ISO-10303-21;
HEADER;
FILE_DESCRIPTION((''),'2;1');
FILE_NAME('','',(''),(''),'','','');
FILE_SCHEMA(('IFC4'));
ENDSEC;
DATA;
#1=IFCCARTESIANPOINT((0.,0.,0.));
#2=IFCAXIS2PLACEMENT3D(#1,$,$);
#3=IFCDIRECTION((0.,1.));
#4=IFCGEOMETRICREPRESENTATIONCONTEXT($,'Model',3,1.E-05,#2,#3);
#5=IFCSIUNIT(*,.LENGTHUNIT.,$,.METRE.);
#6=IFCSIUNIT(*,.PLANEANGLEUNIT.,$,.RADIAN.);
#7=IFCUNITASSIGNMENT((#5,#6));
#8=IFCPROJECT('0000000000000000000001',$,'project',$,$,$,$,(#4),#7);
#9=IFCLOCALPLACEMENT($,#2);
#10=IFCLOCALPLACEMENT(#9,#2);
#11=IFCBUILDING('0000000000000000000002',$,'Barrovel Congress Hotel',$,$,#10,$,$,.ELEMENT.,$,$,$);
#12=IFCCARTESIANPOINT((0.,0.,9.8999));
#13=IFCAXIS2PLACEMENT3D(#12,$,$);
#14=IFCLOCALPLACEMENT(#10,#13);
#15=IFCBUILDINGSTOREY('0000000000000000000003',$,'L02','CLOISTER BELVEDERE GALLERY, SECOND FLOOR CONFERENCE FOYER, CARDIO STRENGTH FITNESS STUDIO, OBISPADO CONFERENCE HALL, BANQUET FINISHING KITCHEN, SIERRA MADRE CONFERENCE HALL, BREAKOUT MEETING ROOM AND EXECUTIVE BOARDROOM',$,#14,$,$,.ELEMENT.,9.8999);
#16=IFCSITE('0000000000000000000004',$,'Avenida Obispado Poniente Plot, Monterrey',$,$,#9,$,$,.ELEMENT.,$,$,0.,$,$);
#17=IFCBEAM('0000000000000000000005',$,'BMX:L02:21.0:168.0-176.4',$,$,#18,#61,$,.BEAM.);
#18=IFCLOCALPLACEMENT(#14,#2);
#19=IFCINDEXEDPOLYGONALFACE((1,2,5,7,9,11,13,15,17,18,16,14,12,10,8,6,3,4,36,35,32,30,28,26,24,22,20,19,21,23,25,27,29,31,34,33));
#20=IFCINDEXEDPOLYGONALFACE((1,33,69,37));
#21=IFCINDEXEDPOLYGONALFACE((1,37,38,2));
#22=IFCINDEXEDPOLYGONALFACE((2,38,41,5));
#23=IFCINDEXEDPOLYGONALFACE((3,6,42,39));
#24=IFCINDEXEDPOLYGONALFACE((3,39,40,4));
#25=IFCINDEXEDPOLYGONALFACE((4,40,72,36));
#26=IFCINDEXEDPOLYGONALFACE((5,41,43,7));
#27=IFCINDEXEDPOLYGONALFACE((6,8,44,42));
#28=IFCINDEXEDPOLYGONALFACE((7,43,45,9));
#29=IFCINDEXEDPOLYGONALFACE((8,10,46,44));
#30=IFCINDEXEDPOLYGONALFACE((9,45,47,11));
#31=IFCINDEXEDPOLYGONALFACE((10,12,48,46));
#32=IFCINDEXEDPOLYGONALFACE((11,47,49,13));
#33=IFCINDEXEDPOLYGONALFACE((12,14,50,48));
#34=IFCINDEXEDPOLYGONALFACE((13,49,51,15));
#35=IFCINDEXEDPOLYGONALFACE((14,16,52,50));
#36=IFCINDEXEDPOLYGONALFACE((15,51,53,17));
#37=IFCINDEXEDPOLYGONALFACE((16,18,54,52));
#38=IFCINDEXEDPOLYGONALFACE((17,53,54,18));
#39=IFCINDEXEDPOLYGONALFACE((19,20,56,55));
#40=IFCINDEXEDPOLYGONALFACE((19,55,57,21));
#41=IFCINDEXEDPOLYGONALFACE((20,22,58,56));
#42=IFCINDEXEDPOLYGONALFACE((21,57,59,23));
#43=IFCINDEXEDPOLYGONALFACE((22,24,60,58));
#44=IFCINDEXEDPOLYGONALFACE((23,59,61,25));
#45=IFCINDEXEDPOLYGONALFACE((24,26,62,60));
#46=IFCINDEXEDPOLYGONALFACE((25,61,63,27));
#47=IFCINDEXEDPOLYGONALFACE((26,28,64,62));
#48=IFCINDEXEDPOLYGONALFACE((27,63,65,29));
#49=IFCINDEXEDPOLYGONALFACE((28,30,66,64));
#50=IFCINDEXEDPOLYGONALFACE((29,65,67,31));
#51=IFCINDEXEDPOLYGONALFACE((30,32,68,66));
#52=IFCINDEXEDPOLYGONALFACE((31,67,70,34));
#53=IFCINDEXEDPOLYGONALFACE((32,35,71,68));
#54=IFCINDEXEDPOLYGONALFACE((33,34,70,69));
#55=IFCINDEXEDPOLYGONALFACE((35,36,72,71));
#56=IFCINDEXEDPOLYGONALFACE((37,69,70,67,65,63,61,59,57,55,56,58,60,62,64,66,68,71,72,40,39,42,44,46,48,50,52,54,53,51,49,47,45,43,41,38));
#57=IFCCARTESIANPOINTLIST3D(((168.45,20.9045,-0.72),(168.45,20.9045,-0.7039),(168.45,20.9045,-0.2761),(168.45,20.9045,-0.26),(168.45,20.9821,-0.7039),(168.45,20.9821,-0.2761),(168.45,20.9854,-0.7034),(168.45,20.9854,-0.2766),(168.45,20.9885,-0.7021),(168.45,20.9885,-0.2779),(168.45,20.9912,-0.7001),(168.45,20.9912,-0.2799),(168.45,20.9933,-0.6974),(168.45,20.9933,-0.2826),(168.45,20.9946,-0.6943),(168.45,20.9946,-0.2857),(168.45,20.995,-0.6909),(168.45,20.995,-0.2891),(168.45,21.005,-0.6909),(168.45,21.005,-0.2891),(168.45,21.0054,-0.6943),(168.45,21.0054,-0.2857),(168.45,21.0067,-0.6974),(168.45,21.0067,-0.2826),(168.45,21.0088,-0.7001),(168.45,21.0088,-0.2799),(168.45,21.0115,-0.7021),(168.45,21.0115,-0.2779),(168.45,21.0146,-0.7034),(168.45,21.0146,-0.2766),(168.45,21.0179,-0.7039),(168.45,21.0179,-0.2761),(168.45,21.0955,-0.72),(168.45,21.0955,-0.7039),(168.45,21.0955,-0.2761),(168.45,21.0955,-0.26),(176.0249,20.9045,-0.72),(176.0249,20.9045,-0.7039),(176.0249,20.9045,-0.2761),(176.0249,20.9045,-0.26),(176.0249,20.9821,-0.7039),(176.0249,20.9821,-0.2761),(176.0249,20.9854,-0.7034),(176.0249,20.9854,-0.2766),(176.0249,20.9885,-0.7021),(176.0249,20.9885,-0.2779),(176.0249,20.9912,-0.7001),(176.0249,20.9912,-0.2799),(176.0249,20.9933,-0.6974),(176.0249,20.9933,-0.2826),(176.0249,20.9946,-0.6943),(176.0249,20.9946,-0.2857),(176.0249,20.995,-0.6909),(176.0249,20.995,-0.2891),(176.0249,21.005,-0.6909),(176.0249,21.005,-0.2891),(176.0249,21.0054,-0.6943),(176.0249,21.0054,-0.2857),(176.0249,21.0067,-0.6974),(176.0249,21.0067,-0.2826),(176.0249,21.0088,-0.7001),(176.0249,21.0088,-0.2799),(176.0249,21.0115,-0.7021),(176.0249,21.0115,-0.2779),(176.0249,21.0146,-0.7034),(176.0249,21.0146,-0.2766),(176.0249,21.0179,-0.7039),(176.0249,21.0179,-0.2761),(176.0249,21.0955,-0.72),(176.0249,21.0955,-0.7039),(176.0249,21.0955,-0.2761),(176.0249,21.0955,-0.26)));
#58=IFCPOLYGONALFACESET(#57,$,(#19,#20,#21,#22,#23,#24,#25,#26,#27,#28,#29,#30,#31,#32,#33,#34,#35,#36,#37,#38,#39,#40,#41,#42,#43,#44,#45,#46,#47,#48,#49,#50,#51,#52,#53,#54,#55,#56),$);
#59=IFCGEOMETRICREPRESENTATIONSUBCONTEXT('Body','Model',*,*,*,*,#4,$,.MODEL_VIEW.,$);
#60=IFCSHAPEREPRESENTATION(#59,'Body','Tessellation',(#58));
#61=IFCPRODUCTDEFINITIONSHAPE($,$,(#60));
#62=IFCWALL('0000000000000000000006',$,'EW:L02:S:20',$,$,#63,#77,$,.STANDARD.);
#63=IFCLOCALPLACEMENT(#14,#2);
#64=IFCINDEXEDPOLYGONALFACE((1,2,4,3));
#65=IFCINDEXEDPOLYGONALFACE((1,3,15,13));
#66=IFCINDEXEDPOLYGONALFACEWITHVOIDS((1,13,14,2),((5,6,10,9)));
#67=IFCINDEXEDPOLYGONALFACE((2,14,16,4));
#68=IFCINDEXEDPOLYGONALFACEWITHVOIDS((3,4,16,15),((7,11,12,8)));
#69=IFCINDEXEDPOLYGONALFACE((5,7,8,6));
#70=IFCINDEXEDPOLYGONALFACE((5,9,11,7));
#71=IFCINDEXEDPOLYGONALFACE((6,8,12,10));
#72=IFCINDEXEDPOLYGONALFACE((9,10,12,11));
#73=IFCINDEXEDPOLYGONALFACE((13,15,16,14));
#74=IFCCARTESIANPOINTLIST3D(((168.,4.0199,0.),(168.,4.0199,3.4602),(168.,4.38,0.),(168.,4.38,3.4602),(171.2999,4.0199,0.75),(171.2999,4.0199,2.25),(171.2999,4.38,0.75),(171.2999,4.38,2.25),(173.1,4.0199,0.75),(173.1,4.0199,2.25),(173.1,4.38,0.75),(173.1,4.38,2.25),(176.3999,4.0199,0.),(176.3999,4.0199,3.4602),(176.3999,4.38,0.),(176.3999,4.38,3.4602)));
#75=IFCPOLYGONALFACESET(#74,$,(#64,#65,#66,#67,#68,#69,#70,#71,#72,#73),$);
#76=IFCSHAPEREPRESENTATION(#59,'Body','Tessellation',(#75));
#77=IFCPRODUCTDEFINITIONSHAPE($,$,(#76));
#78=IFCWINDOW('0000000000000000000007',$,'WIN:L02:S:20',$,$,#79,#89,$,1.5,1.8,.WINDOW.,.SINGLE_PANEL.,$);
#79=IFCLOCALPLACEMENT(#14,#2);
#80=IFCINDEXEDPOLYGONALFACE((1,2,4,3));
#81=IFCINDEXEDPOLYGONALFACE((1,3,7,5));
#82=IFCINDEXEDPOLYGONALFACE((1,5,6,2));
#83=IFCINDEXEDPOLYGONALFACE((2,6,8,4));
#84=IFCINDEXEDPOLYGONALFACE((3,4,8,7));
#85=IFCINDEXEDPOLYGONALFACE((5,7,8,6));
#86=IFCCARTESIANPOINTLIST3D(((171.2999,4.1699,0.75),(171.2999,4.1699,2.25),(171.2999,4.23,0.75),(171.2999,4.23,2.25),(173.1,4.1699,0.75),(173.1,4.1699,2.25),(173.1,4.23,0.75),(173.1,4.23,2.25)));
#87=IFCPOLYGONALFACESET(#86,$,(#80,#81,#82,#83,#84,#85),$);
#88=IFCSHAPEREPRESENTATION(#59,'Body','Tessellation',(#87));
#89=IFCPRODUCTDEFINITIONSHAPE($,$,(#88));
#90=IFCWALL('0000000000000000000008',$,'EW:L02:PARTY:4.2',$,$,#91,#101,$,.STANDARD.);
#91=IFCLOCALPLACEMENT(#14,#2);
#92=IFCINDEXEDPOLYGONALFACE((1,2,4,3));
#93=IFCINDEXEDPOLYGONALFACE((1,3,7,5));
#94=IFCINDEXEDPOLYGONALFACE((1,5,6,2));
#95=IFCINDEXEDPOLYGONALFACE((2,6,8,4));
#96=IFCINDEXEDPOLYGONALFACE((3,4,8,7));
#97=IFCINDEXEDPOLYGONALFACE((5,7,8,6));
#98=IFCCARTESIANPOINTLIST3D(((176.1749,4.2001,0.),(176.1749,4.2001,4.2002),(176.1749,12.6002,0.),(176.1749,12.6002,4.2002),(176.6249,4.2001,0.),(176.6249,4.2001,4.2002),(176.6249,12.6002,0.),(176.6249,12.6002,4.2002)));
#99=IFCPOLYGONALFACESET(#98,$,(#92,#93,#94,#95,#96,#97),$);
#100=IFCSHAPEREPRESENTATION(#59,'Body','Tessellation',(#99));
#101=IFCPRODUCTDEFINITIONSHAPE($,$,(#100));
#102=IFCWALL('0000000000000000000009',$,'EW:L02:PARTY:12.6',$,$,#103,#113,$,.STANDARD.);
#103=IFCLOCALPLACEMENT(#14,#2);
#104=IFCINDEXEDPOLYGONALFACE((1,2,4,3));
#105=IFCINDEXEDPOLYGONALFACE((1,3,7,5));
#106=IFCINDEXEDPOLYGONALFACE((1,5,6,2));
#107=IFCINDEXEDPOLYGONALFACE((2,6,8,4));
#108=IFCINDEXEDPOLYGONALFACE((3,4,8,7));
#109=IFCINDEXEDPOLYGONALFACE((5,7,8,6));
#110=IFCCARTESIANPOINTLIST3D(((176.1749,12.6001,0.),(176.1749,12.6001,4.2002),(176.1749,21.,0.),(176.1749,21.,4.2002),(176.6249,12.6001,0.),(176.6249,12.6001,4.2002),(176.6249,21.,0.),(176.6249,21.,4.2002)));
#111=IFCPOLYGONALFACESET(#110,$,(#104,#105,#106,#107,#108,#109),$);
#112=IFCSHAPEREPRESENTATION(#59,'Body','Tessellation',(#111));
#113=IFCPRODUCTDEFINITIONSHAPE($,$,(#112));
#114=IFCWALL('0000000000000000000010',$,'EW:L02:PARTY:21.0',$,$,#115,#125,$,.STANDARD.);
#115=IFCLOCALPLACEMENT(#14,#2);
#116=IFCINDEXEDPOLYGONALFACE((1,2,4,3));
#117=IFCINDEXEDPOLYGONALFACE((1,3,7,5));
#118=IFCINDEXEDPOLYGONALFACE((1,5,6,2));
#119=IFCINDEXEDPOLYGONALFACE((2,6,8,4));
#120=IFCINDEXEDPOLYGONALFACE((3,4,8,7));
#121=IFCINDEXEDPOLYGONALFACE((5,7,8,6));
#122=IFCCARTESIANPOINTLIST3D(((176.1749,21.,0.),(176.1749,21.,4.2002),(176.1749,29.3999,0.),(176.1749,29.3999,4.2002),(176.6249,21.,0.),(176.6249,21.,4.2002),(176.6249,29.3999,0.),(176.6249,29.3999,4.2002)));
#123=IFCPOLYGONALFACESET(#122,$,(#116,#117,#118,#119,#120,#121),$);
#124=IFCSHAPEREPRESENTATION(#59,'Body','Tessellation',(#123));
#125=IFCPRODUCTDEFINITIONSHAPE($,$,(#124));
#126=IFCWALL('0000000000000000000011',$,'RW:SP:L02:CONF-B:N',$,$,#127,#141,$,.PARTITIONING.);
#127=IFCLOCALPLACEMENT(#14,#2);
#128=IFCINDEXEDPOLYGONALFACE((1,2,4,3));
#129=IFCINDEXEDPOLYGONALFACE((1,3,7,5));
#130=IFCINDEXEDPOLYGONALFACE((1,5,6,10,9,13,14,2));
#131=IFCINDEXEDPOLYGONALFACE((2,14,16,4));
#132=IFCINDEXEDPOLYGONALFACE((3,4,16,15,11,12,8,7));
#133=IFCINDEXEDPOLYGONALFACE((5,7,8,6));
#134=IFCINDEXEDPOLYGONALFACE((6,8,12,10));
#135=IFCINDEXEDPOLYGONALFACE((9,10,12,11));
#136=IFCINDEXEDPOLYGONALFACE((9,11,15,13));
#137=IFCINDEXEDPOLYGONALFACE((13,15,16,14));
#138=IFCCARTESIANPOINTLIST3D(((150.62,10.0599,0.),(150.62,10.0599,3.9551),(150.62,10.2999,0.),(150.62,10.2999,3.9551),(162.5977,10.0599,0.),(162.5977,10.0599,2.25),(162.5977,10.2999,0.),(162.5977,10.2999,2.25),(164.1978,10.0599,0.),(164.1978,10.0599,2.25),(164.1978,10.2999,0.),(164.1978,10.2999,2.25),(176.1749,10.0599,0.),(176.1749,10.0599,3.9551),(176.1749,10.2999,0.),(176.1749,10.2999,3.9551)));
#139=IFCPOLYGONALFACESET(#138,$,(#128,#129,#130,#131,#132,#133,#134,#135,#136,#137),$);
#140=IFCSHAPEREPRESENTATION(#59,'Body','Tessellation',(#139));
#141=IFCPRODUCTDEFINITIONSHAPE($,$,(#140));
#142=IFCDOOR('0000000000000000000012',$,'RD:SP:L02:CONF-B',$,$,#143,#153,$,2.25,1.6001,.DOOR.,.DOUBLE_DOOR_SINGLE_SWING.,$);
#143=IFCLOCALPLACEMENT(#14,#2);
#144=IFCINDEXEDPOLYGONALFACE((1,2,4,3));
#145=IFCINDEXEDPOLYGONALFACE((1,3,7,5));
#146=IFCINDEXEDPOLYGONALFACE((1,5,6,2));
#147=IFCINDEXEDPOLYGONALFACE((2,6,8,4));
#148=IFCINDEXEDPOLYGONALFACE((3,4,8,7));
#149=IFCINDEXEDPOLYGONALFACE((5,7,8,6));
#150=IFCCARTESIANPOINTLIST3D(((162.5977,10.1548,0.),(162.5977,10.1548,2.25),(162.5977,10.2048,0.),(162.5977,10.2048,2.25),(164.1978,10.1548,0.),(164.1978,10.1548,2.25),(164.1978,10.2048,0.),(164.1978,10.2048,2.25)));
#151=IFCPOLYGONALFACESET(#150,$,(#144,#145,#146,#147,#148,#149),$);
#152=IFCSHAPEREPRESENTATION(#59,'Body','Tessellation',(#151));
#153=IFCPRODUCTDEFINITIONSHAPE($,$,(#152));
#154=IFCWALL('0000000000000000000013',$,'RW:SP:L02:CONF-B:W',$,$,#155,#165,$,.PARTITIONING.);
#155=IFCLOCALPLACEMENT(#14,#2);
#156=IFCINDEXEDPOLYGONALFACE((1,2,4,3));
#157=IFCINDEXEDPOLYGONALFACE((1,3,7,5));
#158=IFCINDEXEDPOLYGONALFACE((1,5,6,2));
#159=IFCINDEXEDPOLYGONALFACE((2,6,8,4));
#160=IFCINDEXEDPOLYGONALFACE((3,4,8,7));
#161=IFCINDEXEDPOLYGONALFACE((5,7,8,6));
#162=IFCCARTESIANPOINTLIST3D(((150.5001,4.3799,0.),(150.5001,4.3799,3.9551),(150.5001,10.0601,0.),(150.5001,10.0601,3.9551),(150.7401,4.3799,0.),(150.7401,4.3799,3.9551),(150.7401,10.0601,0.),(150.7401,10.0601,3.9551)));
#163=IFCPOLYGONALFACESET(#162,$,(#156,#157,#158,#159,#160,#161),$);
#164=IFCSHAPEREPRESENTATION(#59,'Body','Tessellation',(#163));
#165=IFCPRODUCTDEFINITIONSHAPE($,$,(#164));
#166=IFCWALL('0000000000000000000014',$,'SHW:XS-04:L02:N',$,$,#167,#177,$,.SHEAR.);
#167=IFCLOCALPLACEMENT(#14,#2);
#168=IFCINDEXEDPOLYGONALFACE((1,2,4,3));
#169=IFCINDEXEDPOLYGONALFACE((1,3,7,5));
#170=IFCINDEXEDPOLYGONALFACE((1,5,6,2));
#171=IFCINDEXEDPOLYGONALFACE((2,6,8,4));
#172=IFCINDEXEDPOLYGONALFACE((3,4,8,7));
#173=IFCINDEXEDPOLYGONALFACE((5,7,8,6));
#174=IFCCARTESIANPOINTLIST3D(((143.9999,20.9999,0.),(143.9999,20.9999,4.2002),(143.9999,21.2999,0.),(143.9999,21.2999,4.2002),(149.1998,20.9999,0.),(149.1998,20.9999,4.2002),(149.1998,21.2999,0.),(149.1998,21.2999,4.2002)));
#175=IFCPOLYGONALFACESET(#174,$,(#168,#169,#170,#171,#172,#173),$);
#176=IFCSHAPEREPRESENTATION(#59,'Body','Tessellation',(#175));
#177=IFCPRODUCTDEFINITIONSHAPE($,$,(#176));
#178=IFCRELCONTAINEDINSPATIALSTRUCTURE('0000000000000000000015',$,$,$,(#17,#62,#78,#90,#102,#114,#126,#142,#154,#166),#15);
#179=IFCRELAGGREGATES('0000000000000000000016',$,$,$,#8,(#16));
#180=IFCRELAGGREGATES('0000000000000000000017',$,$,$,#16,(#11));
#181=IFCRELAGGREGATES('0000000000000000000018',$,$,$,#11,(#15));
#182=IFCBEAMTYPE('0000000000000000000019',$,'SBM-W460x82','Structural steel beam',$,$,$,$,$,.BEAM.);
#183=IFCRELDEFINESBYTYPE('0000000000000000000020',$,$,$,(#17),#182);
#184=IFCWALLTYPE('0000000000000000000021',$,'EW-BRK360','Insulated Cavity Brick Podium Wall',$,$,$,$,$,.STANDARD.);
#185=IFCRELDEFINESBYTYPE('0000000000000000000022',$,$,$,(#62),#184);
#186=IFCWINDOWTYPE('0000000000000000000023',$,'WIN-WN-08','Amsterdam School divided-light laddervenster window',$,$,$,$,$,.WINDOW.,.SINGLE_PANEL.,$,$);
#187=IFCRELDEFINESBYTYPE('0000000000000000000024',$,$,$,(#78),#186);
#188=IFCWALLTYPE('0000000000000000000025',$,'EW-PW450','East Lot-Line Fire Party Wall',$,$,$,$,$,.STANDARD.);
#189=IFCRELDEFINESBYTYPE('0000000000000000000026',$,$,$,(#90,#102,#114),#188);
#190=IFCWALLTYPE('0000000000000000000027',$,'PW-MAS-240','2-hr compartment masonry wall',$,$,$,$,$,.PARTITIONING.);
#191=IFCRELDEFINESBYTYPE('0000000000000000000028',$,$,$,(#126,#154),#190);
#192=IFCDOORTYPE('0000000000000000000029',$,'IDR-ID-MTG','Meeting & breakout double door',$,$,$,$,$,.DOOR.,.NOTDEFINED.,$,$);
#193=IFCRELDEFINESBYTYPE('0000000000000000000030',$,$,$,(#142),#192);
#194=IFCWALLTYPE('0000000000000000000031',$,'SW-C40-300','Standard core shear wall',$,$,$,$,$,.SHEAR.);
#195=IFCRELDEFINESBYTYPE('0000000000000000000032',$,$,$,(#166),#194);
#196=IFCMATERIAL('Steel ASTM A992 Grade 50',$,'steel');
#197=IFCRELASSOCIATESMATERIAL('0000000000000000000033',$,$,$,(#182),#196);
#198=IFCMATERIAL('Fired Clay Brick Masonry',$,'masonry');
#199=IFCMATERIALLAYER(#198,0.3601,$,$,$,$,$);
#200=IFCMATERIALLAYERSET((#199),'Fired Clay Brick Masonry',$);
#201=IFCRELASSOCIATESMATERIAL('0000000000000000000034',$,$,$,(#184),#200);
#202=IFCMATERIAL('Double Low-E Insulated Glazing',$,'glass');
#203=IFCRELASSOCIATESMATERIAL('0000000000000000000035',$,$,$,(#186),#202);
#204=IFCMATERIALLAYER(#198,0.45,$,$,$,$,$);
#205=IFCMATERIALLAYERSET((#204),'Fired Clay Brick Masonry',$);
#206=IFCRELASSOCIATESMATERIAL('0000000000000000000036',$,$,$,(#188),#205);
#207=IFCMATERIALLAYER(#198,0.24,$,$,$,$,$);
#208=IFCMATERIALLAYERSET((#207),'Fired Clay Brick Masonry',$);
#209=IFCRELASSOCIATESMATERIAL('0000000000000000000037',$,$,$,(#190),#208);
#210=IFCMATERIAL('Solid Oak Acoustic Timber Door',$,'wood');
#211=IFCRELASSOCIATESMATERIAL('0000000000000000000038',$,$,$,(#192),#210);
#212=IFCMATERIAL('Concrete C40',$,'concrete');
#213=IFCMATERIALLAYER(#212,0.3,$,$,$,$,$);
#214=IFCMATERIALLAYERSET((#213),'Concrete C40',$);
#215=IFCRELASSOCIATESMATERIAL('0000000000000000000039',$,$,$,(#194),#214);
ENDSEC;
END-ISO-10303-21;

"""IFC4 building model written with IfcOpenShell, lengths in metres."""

from ifc_helpers import new_model, si_unit, direction, frame, frame_2d, origin, origin_2d, place, context, subcontext, project, spatial, rectangle, i_section, extrude, material, layer, layer_set, material_profile, profile_set, type_object, element, fill, save


model = new_model("IFC4")

# Units and contexts
model_context = context("Model", 3, precision=1e-05, world=origin(), true_north=direction((0.0, 1.0)))
body_context = subcontext(model_context, "Body", "Model", "MODEL_VIEW")
ifc_project = project(units=[si_unit("LENGTHUNIT", "METRE"), si_unit("PLANEANGLEUNIT", "RADIAN")], contexts=[model_context])

# Site, building, storey
site_placement = place(None, origin())
site = spatial("IfcSite", under=ifc_project, at=site_placement, Name="Avenida Obispado Poniente Plot, Monterrey", CompositionType="ELEMENT", RefElevation=0.0)
building_placement = place(site_placement, origin())
building = spatial("IfcBuilding", under=site, at=building_placement, Name="Barrovel Congress Hotel", CompositionType="ELEMENT")
storey_placement = place(building_placement, frame((0.0, 0.0, 9.8999)))
storey = spatial("IfcBuildingStorey", under=building, at=storey_placement, Name="L02", Description="CLOISTER BELVEDERE GALLERY, SECOND FLOOR CONFERENCE FOYER, CARDIO STRENGTH FITNESS STUDIO, OBISPADO CONFERENCE HALL, BANQUET FINISHING KITCHEN, SIERRA MADRE CONFERENCE HALL, BREAKOUT MEETING ROOM AND EXECUTIVE BOARDROOM", CompositionType="ELEMENT", Elevation=9.8999)

# Shared definitions
ifc_material_1 = material(Name="Concrete C40", Category="concrete")

# Beam
ifc_material_2 = material(Name="Steel ASTM A992 Grade 50", Category="steel")
ifc_material_profile_1 = material_profile(ifc_material_2, i_section(OverallWidth=0.1909, OverallDepth=0.46, WebThickness=0.01, FlangeThickness=0.0161, FilletRadius=0.0129, at=origin_2d()), Name="W460x82")
ifc_profile_set_1 = profile_set([ifc_material_profile_1], Name="Steel ASTM A992 Grade 50")
beam_type_1 = type_object("IfcBeamType", Name="SBM-W460x82", Description="Structural steel beam", PredefinedType="BEAM", material=ifc_profile_set_1)
beam_1_placement = place(storey_placement, frame((168.45, 21.0, -0.49), z_axis=(1.0, 0.0, 0.0), x_axis=(0.0, 1.0, 0.0)))
element("IfcBeam", 1, at=beam_1_placement, inside=storey, type_object=beam_type_1, Name="BMX:L02:21.0:168.0-176.4", PredefinedType="BEAM", context=body_context, shape_type="SweptSolid", body=[
    extrude(i_section(OverallWidth=0.1909, OverallDepth=0.46, WebThickness=0.01, FlangeThickness=0.0161, FilletRadius=0.0129, at=origin_2d()), origin(), (0.0, 0.0, 1.0), 7.575),
])

# Wall, opening, window
ifc_material_3 = material(Name="Fired Clay Brick Masonry", Category="masonry")
ifc_layer_1 = layer(ifc_material_3, 0.3601)
ifc_layer_set_1 = layer_set([ifc_layer_1], Name="Fired Clay Brick Masonry")
wall_type_1 = type_object("IfcWallType", Name="EW-BRK360", Description="Insulated Cavity Brick Podium Wall", PredefinedType="STANDARD", material=ifc_layer_set_1)
wall_1_placement = place(storey_placement, frame((168.0, 4.2, 0.0), z_axis=(0.0, 0.0, 1.0), x_axis=(1.0, 0.0, 0.0)))
wall_1 = element("IfcWall", 2, at=wall_1_placement, inside=storey, type_object=wall_type_1, Name="EW:L02:S:20", PredefinedType="STANDARD", context=body_context, shape_type="SweptSolid", body=[
    extrude(rectangle(XDim=8.3999, YDim=0.3601, at=frame_2d((4.2, 0.0))), origin(), (0.0, 0.0, 1.0), 3.4602),
])
opening_1_placement = place(wall_1_placement, frame((3.3, 0.0, 0.75)))
opening_1 = element("IfcOpeningElement", 3, at=opening_1_placement, cuts=wall_1, PredefinedType="OPENING", context=body_context, shape_type="SweptSolid", body=[
    extrude(rectangle(XDim=1.8, YDim=1.5, at=frame_2d((0.8999, 0.75))), frame((0.0, 0.1899, 0.0), z_axis=(0.0, -1.0, 0.0), x_axis=(1.0, 0.0, 0.0)), (0.0, 0.0, 1.0), 0.3801),
])
ifc_material_4 = material(Name="Double Low-E Insulated Glazing", Category="glass")
window_type = type_object("IfcWindowType", Name="WIN-WN-08", Description="Amsterdam School divided-light laddervenster window", PartitioningType="SINGLE_PANEL", PredefinedType="WINDOW", material=ifc_material_4)
window_placement = place(opening_1_placement, origin())
window = element("IfcWindow", 4, at=window_placement, inside=storey, type_object=window_type, Name="WIN:L02:S:20", OverallHeight=1.5, OverallWidth=1.8, PartitioningType="SINGLE_PANEL", PredefinedType="WINDOW", context=body_context, shape_type="SweptSolid", body=[
    extrude(rectangle(XDim=1.8, YDim=1.5, at=frame_2d((0.8999, 0.75))), frame((0.0, 0.03, 0.0), z_axis=(0.0, -1.0, 0.0), x_axis=(1.0, 0.0, 0.0)), (0.0, 0.0, 1.0), 0.0601),
])
fill(opening_1, window)

# Walls
ifc_layer_2 = layer(ifc_material_3, 0.45)
ifc_layer_set_2 = layer_set([ifc_layer_2], Name="Fired Clay Brick Masonry")
wall_type_2 = type_object("IfcWallType", Name="EW-PW450", Description="East Lot-Line Fire Party Wall", PredefinedType="STANDARD", material=ifc_layer_set_2)
wall_2_placement = place(storey_placement, frame((176.3999, 4.2, 0.0), z_axis=(0.0, 0.0, 1.0), x_axis=(0.0, 1.0, 0.0)))
element("IfcWall", 5, at=wall_2_placement, inside=storey, type_object=wall_type_2, Name="EW:L02:PARTY:4.2", PredefinedType="STANDARD", context=body_context, shape_type="SweptSolid", body=[
    extrude(rectangle(XDim=8.4001, YDim=0.45, at=frame_2d((4.2002, 0.0))), origin(), (0.0, 0.0, 1.0), 4.2002),
])
for number, where, z_axis, x_axis, name in (
    (6, (176.3999, 12.6001, 0.0), (0.0, 0.0, 1.0), (0.0, 1.0, 0.0), "EW:L02:PARTY:12.6"),
    (7, (176.3999, 21.0, 0.0), (0.0, 0.0, 1.0), (0.0, 1.0, 0.0), "EW:L02:PARTY:21.0"),
):
    element("IfcWall", number, at=place(storey_placement, frame(where, z_axis=z_axis, x_axis=x_axis)), inside=storey, type_object=wall_type_2, Name=name, PredefinedType="STANDARD", context=body_context, shape_type="SweptSolid", body=[
        extrude(rectangle(XDim=8.3999, YDim=0.45, at=frame_2d((4.2, 0.0))), origin(), (0.0, 0.0, 1.0), 4.2002),
    ])

# Wall, opening, door
ifc_layer_3 = layer(ifc_material_3, 0.24)
ifc_layer_set_3 = layer_set([ifc_layer_3], Name="Fired Clay Brick Masonry")
wall_type_3 = type_object("IfcWallType", Name="PW-MAS-240", Description="2-hr compartment masonry wall", PredefinedType="PARTITIONING", material=ifc_layer_set_3)
wall_3_placement = place(storey_placement, frame((150.6201, 10.1799, 0.0), z_axis=(0.0, 0.0, 1.0), x_axis=(1.0, 0.0, 0.0)))
wall_3 = element("IfcWall", 8, at=wall_3_placement, inside=storey, type_object=wall_type_3, Name="RW:SP:L02:CONF-B:N", PredefinedType="PARTITIONING", context=body_context, shape_type="SweptSolid", body=[
    extrude(rectangle(XDim=25.5549, YDim=0.24, at=frame_2d((12.7773, 0.0))), origin(), (0.0, 0.0, 1.0), 3.9551),
])
opening_2_placement = place(wall_3_placement, frame((11.9775, 0.0, 0.0)))
opening_2 = element("IfcOpeningElement", 9, at=opening_2_placement, cuts=wall_3, PredefinedType="OPENING", context=body_context, shape_type="SweptSolid", body=[
    extrude(rectangle(XDim=1.6001, YDim=2.25, at=frame_2d((0.8, 1.125))), frame((0.0, 0.1299, 0.0), z_axis=(0.0, -1.0, 0.0), x_axis=(1.0, 0.0, 0.0)), (0.0, 0.0, 1.0), 0.26),
])
ifc_material_5 = material(Name="Solid Oak Acoustic Timber Door", Category="wood")
door_type = type_object("IfcDoorType", Name="IDR-ID-MTG", Description="Meeting & breakout double door", OperationType="NOTDEFINED", PredefinedType="DOOR", material=ifc_material_5)
door_placement = place(opening_2_placement, origin())
door = element("IfcDoor", 10, at=door_placement, inside=storey, type_object=door_type, Name="RD:SP:L02:CONF-B", OperationType="DOUBLE_DOOR_SINGLE_SWING", OverallHeight=2.25, OverallWidth=1.6001, PredefinedType="DOOR", context=body_context, shape_type="SweptSolid", body=[
    extrude(rectangle(XDim=1.6001, YDim=2.25, at=frame_2d((0.8, 1.125))), frame((0.0, 0.0249, 0.0), z_axis=(0.0, -1.0, 0.0), x_axis=(1.0, 0.0, 0.0)), (0.0, 0.0, 1.0), 0.05),
])
fill(opening_2, door)

# Walls
wall_4_placement = place(storey_placement, frame((150.6201, 4.3799, 0.0), z_axis=(0.0, 0.0, 1.0), x_axis=(0.0, 1.0, 0.0)))
element("IfcWall", 11, at=wall_4_placement, inside=storey, type_object=wall_type_3, Name="RW:SP:L02:CONF-B:W", PredefinedType="PARTITIONING", context=body_context, shape_type="SweptSolid", body=[
    extrude(rectangle(XDim=5.6802, YDim=0.24, at=frame_2d((2.8401, 0.0))), origin(), (0.0, 0.0, 1.0), 3.9551),
])
ifc_layer_4 = layer(ifc_material_1, 0.3)
ifc_layer_set_4 = layer_set([ifc_layer_4], Name="Concrete C40")
wall_type_4 = type_object("IfcWallType", Name="SW-C40-300", Description="Standard core shear wall", PredefinedType="SHEAR", material=ifc_layer_set_4)
wall_5_placement = place(storey_placement, frame((149.2, 21.1499, 0.0), z_axis=(0.0, 0.0, 1.0), x_axis=(-1.0, 0.0, 0.0)))
element("IfcWall", 12, at=wall_5_placement, inside=storey, type_object=wall_type_4, Name="SHW:XS-04:L02:N", PredefinedType="SHEAR", context=body_context, shape_type="SweptSolid", body=[
    extrude(rectangle(XDim=5.2, YDim=0.3, at=frame_2d((2.6001, 0.0))), origin(), (0.0, 0.0, 1.0), 4.2002),
])

save(model, "model.ifc")
